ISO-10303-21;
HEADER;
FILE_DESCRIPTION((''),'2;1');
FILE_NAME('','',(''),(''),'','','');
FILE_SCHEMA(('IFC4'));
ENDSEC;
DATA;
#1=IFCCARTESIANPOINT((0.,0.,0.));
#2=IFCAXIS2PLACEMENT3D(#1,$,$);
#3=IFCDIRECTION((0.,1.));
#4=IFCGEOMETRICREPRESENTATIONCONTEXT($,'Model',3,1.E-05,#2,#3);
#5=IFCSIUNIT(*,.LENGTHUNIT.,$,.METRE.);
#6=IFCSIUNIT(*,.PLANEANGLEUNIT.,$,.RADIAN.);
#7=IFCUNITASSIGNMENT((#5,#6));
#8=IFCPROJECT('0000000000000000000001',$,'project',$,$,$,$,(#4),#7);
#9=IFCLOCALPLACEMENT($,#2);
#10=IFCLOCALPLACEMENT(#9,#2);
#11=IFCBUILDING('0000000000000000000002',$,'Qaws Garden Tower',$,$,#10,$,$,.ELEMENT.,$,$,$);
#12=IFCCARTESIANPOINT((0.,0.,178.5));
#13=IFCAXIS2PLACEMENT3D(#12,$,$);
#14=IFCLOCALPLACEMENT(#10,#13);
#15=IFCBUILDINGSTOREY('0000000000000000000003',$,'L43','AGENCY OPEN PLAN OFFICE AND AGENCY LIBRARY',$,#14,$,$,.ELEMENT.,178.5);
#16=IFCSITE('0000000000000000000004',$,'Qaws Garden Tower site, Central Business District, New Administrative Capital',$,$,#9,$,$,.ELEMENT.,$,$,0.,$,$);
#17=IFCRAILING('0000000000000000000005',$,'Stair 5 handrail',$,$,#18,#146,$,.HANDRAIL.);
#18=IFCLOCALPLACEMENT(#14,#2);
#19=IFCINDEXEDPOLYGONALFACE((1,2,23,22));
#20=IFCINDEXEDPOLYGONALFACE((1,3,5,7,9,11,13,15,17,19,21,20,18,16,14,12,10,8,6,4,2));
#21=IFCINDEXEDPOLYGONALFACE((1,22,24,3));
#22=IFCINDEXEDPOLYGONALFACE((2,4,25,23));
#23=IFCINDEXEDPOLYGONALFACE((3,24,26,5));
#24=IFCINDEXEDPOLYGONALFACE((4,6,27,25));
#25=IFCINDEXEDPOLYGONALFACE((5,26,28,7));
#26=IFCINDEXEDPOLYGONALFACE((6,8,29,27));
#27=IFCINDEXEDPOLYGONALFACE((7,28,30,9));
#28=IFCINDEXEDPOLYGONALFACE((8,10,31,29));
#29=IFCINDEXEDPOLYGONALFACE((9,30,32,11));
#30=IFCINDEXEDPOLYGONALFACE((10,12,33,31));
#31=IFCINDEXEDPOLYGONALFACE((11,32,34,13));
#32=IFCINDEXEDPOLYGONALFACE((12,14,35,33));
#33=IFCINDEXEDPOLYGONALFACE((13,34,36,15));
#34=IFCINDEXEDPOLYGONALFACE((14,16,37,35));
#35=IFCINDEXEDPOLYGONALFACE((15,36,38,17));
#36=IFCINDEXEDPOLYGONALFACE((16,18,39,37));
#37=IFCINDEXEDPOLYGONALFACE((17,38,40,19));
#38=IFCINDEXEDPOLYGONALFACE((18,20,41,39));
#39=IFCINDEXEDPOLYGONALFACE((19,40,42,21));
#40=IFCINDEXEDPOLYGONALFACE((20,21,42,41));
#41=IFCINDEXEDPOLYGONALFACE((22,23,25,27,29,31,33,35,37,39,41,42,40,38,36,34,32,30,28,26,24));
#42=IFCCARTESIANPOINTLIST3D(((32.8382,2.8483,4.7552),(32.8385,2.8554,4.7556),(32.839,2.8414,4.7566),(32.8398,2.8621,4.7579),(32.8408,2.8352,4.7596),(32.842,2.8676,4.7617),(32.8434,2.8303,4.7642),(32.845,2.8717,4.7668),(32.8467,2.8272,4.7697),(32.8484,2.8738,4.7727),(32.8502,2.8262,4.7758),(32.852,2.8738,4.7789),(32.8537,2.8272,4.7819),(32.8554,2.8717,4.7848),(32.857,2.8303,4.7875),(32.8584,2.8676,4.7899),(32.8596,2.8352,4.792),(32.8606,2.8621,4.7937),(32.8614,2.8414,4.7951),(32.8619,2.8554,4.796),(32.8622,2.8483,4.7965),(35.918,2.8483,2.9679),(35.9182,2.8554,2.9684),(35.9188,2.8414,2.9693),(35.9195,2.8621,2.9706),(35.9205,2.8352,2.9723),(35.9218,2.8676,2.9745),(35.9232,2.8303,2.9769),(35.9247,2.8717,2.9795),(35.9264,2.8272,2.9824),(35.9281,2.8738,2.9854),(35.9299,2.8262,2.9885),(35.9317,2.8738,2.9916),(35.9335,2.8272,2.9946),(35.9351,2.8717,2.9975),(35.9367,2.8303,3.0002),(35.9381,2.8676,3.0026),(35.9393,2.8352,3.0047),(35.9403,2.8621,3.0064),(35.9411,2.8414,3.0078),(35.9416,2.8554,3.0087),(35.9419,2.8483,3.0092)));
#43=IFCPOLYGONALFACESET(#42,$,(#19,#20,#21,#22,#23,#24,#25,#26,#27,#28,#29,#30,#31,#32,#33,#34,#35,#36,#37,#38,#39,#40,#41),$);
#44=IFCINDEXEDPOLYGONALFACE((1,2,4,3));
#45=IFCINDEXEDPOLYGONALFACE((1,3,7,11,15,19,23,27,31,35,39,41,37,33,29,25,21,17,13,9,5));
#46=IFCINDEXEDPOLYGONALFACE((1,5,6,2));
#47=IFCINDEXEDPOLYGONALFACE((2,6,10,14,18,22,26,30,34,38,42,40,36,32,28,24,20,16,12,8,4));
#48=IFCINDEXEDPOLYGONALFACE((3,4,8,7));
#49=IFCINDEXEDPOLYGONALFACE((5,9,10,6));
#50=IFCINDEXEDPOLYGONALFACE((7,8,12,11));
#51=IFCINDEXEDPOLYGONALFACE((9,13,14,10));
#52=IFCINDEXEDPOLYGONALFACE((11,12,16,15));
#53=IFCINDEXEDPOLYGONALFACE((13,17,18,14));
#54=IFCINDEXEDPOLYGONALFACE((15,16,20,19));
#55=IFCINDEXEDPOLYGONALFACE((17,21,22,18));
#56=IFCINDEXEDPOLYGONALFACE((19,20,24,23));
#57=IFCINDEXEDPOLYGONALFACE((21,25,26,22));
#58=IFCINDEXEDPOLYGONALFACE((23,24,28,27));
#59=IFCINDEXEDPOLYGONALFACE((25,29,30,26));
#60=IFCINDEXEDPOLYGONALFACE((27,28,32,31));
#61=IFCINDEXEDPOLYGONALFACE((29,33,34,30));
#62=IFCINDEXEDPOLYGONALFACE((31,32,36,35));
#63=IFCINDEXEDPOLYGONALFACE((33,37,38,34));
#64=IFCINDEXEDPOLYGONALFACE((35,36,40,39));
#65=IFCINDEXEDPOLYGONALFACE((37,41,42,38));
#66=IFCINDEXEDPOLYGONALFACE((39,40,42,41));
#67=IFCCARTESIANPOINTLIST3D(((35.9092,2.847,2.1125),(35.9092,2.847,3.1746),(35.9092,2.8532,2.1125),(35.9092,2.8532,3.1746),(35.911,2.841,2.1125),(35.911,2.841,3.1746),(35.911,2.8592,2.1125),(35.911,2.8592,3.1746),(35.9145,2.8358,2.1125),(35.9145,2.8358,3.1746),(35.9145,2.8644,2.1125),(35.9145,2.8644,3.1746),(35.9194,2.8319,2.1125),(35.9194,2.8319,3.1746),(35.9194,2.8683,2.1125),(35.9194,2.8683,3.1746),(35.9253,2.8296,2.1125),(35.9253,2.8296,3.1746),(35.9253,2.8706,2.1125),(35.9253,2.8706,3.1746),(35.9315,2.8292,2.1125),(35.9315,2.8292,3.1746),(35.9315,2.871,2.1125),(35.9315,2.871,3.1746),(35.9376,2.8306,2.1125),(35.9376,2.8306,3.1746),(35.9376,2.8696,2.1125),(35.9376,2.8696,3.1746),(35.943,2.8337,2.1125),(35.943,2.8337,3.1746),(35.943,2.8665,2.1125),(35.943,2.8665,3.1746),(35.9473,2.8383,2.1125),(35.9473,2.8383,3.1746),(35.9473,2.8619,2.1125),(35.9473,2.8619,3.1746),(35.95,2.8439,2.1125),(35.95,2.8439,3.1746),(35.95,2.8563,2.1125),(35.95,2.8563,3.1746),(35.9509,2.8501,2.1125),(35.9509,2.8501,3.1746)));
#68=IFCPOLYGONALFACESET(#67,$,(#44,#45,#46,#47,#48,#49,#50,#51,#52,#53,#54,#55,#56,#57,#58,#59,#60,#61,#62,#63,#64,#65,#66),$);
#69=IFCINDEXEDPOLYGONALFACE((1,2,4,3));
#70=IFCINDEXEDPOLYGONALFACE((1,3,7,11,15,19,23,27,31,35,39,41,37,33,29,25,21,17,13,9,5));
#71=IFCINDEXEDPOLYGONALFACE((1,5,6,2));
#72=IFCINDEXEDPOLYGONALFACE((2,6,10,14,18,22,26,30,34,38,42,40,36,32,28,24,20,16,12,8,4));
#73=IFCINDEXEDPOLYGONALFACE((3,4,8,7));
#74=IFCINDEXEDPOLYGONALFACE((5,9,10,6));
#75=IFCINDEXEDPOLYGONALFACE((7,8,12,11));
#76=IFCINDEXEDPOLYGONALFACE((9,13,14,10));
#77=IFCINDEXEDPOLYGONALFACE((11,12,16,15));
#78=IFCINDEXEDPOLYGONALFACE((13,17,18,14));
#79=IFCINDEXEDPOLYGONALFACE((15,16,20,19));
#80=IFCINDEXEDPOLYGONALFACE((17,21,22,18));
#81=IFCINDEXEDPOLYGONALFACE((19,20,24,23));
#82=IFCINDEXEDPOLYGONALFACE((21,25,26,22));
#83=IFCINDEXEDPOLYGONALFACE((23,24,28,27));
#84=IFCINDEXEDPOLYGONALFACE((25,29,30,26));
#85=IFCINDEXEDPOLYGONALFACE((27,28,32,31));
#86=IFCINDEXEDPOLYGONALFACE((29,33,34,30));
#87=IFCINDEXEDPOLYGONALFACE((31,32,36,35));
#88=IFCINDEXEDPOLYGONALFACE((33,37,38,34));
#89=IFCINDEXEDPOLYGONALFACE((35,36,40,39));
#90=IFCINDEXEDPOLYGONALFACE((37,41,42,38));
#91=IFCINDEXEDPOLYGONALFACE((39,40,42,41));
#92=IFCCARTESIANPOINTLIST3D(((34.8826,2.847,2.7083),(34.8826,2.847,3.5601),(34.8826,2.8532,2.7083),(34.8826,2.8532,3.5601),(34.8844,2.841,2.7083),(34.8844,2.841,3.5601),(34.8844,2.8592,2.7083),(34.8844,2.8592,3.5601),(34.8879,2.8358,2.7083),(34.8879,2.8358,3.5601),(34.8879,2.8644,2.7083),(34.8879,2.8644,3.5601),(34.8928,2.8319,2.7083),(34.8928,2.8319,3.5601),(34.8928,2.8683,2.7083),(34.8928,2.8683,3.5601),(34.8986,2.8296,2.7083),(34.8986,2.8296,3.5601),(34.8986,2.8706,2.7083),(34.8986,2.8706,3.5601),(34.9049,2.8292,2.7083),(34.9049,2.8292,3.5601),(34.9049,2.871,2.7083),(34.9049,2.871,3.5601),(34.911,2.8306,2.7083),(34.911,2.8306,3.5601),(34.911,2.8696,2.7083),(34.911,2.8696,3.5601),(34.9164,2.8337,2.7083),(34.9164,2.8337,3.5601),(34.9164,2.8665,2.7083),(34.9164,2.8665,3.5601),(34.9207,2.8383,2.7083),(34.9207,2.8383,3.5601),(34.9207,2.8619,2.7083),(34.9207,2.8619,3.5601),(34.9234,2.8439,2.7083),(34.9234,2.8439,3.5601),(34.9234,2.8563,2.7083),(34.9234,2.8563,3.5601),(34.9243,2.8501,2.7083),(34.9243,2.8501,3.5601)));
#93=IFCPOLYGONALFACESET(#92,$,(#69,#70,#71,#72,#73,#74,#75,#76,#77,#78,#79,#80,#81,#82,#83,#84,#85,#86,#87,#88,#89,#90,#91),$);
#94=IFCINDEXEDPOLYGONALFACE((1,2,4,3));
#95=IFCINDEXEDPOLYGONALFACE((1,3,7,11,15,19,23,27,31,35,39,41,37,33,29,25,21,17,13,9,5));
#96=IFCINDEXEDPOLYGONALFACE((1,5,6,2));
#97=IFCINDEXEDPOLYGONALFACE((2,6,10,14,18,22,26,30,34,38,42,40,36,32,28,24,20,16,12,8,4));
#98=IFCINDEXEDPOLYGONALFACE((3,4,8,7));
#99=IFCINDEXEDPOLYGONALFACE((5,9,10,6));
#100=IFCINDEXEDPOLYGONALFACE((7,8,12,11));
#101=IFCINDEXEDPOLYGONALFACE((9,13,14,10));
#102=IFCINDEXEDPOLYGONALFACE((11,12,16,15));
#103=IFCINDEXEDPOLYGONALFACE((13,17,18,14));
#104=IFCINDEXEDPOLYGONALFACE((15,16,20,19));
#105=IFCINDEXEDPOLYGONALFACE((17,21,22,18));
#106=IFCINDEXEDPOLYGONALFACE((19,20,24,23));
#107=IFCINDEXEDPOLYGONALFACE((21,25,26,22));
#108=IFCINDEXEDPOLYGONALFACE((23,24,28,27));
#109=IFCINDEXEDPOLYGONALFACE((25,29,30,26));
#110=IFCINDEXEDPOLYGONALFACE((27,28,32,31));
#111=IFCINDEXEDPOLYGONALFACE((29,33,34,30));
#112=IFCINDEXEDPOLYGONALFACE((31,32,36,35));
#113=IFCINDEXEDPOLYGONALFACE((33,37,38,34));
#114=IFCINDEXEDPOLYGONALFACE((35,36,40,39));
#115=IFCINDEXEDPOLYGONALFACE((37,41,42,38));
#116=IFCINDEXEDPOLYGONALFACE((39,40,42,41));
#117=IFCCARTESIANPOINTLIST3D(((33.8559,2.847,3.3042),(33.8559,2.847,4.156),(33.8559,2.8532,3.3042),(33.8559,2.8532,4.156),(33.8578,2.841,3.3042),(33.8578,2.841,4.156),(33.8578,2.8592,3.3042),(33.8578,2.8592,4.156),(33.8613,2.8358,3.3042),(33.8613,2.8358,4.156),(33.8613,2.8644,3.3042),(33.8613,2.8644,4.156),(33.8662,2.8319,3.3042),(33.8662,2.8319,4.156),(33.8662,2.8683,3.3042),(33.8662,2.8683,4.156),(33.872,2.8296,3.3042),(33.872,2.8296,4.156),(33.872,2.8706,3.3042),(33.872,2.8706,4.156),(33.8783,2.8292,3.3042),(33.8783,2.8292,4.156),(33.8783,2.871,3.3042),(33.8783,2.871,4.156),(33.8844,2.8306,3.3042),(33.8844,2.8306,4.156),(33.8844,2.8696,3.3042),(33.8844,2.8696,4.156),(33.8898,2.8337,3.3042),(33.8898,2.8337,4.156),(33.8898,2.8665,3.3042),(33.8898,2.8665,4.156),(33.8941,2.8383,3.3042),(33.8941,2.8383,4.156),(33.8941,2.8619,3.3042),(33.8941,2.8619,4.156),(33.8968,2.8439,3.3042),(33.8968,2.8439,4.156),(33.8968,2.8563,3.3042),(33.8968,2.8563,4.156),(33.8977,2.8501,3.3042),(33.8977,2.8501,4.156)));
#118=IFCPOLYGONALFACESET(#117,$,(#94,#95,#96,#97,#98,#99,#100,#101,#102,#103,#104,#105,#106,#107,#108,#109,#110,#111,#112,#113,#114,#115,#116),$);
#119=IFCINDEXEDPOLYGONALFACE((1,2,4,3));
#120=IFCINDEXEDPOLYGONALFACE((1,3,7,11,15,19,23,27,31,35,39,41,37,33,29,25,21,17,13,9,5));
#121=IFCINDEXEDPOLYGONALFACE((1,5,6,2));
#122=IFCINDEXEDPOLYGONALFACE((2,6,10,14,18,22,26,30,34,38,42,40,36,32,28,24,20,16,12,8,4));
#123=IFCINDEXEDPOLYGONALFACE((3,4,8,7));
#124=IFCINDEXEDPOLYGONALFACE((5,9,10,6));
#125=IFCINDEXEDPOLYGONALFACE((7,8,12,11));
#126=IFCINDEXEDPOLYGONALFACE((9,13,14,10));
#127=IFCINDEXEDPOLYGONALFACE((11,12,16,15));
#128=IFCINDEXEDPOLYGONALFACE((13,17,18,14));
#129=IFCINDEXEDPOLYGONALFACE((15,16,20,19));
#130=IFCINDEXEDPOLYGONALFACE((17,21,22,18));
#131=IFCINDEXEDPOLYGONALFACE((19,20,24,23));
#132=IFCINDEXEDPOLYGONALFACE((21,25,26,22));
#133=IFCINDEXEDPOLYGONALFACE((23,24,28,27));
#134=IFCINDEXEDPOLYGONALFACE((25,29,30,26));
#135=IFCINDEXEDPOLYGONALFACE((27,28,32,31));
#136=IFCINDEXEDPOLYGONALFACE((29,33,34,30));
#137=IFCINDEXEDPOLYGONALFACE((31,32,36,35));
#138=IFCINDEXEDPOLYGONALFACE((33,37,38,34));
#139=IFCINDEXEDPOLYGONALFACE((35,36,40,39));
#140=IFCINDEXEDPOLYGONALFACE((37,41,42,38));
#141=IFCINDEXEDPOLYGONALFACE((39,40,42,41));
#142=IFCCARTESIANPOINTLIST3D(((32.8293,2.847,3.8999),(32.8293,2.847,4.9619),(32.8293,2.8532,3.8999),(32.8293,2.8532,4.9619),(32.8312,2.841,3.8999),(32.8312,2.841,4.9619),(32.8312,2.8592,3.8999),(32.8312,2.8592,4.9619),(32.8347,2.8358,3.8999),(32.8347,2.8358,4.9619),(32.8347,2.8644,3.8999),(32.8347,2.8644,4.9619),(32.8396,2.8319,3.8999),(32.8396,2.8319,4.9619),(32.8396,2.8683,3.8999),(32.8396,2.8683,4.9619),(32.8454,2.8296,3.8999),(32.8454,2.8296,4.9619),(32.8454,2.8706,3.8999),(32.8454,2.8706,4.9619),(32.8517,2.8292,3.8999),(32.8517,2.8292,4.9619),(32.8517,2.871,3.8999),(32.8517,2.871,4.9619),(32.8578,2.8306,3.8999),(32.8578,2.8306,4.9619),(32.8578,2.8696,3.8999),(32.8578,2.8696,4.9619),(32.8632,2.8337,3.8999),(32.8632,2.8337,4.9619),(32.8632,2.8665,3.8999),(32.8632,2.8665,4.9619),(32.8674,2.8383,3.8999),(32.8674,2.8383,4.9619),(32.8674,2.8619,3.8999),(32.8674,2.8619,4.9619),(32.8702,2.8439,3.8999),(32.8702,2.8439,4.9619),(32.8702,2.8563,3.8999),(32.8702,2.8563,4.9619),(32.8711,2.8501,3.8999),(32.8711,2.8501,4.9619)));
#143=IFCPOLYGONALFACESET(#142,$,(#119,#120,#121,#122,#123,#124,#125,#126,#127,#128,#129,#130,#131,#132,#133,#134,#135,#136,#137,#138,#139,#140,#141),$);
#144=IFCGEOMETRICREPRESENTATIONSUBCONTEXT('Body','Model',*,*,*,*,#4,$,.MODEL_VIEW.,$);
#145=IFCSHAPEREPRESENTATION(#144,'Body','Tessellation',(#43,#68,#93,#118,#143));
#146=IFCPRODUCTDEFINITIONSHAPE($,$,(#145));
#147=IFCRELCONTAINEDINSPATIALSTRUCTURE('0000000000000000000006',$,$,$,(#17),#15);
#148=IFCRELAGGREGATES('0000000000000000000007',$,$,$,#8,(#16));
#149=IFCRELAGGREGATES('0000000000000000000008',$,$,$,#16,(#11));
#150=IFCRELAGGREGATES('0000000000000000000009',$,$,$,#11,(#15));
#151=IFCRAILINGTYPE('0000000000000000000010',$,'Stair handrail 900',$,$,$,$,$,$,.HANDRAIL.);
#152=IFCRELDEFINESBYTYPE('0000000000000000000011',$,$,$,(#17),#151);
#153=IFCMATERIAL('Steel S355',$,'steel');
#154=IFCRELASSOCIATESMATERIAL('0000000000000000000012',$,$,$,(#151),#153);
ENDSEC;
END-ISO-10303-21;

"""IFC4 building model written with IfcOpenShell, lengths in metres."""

from ifc_helpers import new_model, si_unit, direction, frame, origin, origin_2d, place, context, subcontext, project, spatial, circle, extrude, material, type_object, element, save


model = new_model("IFC4")

# Units and contexts
model_context = context("Model", 3, precision=1e-05, world=origin(), true_north=direction((0.0, 1.0)))
body_context = subcontext(model_context, "Body", "Model", "MODEL_VIEW")
ifc_project = project(units=[si_unit("LENGTHUNIT", "METRE"), si_unit("PLANEANGLEUNIT", "RADIAN")], contexts=[model_context])

# Site, building, storey
site_placement = place(None, origin())
site = spatial("IfcSite", under=ifc_project, at=site_placement, Name="Qaws Garden Tower site, Central Business District, New Administrative Capital", CompositionType="ELEMENT", RefElevation=0.0)
building_placement = place(site_placement, origin())
building = spatial("IfcBuilding", under=site, at=building_placement, Name="Qaws Garden Tower", CompositionType="ELEMENT")
storey_placement = place(building_placement, frame((0.0, 0.0, 178.5)))
storey = spatial("IfcBuildingStorey", under=building, at=storey_placement, Name="L43", Description="AGENCY OPEN PLAN OFFICE AND AGENCY LIBRARY", CompositionType="ELEMENT", Elevation=178.5)

# Railing
ifc_material_1 = material(Name="Steel S355", Category="steel")
railing_type = type_object("IfcRailingType", Name="Stair handrail 900", PredefinedType="HANDRAIL", material=ifc_material_1)
railing_placement = place(storey_placement, frame((35.9299, 2.8501, 2.1125)))
element("IfcRailing", 1, at=railing_placement, inside=storey, type_object=railing_type, Name="Stair 5 handrail", PredefinedType="HANDRAIL", context=body_context, shape_type="SweptSolid", body=[
    extrude(circle(Radius=0.0239, at=origin_2d()), frame((0.0, 0.0, 0.876), z_axis=(-0.864903, 0.0, 0.501939), x_axis=(0.0, -1.0, 0.0)), (0.0, 0.0, 1.0), 3.5608),
    extrude(circle(Radius=0.021, at=origin_2d()), origin(), (0.0, 0.0, 1.0), 1.062),
    extrude(circle(Radius=0.021, at=origin_2d()), frame((-1.0266, 0.0, 0.5957)), (0.0, 0.0, 1.0), 0.8518),
    extrude(circle(Radius=0.021, at=origin_2d()), frame((-2.0532, 0.0, 1.1917)), (0.0, 0.0, 1.0), 0.8518),
    extrude(circle(Radius=0.021, at=origin_2d()), frame((-3.0798, 0.0, 1.7874)), (0.0, 0.0, 1.0), 1.062),
])

save(model, "model.ifc")
